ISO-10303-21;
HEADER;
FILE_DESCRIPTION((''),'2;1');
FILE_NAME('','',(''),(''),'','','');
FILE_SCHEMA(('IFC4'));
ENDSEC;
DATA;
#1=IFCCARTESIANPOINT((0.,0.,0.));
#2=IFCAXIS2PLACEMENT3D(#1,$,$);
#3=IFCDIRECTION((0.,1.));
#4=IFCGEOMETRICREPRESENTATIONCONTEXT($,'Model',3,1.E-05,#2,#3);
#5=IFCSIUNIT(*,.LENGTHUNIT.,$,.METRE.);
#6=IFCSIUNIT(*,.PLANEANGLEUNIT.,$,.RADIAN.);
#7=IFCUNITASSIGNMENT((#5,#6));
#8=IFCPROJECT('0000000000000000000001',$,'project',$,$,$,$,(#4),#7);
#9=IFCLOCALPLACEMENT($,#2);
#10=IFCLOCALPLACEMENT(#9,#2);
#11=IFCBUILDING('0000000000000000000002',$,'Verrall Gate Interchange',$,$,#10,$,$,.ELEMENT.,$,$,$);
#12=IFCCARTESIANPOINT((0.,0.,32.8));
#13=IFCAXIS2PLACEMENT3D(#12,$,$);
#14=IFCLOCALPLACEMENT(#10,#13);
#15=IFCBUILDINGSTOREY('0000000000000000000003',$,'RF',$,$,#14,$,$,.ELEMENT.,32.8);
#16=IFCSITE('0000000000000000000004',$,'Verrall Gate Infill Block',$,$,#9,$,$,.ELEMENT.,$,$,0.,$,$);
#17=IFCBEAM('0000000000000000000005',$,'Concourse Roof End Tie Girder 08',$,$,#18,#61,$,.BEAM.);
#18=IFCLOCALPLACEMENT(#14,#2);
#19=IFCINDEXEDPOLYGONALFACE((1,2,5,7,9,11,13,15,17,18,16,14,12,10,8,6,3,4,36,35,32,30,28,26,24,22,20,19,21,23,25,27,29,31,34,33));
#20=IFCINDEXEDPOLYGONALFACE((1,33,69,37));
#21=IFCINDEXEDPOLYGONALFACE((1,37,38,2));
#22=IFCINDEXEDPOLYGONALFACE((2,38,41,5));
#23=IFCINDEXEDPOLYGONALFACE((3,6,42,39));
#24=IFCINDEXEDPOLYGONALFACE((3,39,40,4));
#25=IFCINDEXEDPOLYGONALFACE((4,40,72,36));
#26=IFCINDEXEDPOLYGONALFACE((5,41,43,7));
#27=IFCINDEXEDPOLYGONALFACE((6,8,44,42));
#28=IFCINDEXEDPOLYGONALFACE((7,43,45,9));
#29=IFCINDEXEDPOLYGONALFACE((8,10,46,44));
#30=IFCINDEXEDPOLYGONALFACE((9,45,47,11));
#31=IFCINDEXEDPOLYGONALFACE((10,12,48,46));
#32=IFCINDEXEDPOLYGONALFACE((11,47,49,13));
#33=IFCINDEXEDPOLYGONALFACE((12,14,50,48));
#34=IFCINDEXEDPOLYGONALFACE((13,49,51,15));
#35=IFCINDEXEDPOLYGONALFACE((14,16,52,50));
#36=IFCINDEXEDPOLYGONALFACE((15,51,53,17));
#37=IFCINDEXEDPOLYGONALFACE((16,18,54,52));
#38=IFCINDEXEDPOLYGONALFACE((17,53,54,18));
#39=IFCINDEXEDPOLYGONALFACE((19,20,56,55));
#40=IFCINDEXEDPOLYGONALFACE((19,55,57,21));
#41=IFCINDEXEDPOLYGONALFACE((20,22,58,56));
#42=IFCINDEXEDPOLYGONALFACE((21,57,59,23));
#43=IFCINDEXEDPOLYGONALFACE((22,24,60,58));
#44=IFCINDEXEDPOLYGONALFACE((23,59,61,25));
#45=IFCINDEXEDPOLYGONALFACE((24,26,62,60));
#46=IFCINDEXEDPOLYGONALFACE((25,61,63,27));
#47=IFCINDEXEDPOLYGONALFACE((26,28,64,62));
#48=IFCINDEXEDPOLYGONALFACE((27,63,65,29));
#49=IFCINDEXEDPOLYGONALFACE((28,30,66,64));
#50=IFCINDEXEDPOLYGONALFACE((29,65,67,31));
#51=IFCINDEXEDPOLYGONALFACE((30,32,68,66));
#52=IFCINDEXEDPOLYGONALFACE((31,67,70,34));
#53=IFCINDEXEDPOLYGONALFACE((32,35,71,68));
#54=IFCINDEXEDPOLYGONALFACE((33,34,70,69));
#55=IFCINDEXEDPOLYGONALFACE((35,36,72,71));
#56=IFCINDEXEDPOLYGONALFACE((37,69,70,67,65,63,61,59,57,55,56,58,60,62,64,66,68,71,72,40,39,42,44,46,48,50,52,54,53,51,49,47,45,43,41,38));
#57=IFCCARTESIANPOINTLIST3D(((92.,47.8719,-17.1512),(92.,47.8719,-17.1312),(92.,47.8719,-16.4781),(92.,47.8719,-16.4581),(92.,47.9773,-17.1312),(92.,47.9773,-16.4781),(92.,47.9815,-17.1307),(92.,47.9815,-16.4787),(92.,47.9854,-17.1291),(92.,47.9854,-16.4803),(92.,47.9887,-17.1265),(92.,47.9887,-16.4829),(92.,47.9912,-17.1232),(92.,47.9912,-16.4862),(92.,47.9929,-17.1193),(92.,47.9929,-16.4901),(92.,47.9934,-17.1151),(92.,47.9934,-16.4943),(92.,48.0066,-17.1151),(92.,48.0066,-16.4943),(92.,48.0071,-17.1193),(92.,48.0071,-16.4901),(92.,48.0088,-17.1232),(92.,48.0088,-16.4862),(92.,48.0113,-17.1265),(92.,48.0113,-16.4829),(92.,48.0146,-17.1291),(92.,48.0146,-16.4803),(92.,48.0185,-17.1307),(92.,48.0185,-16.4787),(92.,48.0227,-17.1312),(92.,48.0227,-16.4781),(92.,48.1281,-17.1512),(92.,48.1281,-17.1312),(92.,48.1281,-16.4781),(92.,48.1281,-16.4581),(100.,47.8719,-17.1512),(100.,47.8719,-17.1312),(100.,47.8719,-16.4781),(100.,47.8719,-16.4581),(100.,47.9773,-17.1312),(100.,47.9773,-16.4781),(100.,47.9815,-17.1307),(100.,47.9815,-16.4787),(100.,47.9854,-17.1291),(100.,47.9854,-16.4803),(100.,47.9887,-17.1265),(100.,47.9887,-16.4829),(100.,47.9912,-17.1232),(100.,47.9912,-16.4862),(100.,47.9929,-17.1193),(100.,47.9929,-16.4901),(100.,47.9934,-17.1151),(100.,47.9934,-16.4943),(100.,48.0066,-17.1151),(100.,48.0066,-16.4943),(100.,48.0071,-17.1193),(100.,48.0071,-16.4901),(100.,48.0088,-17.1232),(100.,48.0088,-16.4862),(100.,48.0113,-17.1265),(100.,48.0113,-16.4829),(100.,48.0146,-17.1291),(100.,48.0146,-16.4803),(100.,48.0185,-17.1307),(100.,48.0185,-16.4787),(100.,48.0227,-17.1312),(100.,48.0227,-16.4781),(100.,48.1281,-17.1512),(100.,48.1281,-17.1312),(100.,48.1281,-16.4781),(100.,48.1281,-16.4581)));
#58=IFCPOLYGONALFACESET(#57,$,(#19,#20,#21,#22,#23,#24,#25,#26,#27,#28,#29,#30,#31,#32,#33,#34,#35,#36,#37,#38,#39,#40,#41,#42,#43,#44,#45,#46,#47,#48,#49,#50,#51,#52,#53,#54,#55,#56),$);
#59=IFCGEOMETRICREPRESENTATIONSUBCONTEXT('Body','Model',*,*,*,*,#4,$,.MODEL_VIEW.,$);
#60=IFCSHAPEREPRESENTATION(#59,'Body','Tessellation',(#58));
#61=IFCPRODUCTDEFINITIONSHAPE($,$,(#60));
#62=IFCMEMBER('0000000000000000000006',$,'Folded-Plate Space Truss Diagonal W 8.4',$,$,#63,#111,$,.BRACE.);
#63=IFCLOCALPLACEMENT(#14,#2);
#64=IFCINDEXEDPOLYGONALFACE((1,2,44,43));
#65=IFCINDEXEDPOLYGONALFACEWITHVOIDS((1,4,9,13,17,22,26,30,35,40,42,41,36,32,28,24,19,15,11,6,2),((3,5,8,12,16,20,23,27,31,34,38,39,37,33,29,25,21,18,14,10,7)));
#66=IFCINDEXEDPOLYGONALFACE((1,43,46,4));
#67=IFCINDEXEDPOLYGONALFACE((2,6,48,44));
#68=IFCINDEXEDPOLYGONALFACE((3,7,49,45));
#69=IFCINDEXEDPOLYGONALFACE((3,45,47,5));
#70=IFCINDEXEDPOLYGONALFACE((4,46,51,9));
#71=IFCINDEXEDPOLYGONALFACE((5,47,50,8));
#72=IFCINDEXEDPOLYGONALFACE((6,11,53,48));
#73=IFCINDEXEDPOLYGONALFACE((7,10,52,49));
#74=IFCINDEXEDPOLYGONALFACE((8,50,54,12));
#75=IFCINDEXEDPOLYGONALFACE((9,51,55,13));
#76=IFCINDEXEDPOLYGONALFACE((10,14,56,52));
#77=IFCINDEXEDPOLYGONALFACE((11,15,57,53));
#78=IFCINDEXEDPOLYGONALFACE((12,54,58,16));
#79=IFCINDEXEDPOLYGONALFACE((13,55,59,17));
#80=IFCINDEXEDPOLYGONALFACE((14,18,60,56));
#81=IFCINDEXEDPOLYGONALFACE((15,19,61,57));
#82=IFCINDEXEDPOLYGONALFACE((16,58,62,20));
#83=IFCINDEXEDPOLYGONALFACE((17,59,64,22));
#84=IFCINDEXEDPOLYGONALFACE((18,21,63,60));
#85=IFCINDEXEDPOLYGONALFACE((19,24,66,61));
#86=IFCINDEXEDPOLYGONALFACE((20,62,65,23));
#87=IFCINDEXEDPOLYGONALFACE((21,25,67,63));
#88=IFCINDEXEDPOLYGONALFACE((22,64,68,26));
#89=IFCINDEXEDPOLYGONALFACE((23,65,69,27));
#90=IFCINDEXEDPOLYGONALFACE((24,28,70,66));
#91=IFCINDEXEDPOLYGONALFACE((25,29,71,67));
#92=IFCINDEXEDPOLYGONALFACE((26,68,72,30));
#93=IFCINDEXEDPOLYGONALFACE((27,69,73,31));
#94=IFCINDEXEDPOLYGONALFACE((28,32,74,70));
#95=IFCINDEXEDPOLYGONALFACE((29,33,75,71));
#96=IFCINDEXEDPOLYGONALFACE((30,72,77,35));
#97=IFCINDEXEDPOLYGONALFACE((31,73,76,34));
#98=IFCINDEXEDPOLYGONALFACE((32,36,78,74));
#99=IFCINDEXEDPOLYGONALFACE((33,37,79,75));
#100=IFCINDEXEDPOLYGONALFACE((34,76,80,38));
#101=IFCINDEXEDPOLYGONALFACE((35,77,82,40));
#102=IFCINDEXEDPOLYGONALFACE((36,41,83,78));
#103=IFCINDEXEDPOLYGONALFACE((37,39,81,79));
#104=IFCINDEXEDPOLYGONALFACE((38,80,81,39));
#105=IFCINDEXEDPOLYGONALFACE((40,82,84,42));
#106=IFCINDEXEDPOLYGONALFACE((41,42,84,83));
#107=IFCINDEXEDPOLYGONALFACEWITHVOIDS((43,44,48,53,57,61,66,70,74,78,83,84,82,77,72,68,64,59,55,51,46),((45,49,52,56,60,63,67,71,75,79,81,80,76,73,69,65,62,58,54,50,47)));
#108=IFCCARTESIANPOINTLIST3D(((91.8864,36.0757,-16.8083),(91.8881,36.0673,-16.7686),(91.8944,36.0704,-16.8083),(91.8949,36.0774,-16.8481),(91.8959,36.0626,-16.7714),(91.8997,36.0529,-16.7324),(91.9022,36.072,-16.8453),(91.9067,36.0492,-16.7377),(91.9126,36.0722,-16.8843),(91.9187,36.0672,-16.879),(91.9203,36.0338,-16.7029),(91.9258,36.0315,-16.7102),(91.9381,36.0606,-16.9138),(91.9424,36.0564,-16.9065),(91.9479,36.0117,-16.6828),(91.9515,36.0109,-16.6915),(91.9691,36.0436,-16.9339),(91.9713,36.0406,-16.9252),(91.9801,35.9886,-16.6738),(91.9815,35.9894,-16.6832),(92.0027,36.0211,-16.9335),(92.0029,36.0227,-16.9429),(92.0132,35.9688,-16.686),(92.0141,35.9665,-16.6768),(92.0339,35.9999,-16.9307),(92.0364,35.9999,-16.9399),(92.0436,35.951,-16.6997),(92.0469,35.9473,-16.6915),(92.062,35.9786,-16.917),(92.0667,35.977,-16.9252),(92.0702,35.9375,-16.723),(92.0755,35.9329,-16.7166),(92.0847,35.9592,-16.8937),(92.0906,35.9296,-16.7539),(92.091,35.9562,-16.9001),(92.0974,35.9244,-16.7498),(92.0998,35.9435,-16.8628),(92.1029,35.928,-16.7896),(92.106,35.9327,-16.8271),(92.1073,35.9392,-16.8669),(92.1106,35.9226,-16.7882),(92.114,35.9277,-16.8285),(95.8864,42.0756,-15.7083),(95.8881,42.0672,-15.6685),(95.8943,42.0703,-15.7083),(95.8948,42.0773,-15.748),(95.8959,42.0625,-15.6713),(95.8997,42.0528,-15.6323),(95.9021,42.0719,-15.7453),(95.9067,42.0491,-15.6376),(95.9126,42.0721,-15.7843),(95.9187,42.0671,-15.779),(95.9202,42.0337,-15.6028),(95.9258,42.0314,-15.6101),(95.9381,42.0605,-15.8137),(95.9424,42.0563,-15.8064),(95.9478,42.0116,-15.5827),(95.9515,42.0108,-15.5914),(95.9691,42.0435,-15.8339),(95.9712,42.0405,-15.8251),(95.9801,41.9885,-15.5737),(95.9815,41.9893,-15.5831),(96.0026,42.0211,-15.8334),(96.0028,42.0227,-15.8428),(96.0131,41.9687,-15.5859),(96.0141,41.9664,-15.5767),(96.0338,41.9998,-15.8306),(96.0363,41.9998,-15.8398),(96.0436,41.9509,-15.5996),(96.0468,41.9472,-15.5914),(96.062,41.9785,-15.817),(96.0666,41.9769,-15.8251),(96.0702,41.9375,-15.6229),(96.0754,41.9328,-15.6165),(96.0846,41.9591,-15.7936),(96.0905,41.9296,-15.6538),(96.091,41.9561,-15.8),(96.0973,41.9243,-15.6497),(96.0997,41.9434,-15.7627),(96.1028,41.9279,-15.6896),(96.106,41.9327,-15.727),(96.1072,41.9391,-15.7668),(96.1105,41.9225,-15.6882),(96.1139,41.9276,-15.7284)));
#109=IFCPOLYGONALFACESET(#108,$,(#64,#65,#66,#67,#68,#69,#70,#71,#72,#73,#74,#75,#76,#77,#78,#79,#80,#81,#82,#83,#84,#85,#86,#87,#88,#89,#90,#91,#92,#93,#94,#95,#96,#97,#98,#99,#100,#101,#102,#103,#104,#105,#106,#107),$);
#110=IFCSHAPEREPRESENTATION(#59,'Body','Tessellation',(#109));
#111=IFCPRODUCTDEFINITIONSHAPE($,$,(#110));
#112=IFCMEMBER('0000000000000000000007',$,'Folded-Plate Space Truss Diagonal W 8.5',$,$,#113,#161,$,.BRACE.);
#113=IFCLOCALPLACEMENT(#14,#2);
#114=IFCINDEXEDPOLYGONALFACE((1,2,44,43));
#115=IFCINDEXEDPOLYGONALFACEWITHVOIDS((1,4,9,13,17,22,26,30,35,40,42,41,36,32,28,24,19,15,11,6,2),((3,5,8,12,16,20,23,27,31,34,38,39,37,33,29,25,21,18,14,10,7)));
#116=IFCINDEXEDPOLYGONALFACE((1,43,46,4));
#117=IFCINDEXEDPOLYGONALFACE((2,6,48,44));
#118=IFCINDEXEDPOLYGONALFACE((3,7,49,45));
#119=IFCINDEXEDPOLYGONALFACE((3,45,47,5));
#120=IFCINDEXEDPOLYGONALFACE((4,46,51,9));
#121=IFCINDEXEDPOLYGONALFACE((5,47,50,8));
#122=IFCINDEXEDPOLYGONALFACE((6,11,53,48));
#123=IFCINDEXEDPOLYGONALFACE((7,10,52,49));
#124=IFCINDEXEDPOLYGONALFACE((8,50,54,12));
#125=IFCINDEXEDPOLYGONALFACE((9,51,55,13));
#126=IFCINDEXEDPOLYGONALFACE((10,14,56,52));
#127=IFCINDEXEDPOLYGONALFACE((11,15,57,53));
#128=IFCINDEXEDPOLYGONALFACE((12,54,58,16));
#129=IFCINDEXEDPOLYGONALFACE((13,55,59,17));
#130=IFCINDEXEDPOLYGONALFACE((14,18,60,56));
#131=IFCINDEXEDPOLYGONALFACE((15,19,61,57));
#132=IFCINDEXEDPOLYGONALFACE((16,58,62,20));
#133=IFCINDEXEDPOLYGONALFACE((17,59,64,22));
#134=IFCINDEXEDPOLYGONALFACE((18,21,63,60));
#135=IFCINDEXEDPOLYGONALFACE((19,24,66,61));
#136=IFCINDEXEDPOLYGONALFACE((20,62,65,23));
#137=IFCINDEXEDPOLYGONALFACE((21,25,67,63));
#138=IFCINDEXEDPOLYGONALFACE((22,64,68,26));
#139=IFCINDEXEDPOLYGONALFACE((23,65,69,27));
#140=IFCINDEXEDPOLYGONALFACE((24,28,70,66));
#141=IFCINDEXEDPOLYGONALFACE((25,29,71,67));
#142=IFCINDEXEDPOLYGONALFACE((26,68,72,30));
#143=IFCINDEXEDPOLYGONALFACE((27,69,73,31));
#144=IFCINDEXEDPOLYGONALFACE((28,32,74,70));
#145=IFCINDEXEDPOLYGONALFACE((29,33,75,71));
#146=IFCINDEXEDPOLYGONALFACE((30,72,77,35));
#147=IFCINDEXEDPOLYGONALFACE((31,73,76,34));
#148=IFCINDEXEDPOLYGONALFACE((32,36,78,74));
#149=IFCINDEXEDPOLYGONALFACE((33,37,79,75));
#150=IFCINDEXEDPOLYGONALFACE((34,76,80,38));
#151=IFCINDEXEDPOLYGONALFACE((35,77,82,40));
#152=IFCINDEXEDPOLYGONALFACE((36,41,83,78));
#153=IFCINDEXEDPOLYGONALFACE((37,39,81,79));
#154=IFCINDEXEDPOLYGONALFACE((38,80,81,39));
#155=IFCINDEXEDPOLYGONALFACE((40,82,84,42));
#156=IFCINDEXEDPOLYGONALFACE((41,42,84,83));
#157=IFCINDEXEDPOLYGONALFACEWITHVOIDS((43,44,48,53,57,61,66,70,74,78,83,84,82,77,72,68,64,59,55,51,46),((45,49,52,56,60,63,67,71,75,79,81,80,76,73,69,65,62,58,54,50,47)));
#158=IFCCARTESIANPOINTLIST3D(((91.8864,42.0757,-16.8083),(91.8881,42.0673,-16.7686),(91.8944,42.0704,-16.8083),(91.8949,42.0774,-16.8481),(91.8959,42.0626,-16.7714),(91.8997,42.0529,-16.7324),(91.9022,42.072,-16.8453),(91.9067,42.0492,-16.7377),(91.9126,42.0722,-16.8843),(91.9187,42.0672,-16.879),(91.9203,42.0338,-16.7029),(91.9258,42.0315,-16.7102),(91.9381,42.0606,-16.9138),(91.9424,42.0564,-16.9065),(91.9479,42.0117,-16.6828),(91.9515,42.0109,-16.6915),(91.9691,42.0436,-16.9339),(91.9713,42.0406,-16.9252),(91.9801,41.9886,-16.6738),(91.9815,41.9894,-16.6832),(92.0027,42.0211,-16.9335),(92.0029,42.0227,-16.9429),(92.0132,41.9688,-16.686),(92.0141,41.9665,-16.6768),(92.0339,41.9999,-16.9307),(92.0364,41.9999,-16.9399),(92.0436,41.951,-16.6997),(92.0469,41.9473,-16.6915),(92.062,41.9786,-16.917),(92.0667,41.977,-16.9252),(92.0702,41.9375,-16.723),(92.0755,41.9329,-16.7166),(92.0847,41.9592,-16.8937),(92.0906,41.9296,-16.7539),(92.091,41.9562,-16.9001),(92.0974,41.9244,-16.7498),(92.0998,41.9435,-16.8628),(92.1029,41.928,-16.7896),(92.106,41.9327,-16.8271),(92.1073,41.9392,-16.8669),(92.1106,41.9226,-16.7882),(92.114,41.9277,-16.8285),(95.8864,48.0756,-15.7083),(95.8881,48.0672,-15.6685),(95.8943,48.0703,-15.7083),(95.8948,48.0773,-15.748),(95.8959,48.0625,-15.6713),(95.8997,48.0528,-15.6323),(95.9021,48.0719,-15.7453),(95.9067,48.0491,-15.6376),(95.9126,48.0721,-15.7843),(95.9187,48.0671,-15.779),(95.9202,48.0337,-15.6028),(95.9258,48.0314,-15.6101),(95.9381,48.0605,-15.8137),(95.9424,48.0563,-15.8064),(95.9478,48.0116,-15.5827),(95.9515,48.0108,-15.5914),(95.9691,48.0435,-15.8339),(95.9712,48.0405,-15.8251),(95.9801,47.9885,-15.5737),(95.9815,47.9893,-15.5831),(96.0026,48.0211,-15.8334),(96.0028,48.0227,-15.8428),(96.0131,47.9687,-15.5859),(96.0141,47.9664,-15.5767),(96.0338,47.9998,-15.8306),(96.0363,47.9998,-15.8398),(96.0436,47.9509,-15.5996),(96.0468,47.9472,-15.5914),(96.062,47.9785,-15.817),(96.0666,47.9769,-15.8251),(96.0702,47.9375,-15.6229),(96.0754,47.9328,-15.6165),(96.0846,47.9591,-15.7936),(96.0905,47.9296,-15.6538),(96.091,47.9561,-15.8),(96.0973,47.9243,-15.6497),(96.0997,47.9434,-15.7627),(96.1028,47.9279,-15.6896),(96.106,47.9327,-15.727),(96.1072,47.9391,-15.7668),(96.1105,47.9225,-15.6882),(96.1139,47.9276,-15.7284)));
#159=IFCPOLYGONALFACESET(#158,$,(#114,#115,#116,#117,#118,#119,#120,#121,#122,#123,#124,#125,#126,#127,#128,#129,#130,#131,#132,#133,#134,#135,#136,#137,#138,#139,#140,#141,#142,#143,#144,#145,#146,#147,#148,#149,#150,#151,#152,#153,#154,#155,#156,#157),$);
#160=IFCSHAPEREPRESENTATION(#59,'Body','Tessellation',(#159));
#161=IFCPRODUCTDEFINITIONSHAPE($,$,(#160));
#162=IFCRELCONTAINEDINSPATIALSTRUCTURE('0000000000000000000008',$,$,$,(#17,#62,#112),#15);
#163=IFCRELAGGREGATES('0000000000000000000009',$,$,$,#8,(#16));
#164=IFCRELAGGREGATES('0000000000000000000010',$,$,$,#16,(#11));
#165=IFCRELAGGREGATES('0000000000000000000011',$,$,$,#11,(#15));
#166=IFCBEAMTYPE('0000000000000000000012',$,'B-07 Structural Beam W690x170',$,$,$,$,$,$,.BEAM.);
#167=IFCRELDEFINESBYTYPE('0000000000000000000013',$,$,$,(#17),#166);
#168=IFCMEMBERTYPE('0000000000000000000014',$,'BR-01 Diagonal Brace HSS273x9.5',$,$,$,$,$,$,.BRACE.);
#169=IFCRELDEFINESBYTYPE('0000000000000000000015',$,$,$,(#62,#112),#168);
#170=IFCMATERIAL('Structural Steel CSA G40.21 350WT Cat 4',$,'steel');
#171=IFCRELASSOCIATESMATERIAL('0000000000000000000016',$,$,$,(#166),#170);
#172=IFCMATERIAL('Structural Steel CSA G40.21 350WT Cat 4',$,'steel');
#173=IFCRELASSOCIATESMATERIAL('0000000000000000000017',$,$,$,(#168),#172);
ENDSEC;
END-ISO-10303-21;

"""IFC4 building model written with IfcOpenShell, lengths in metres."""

from ifc_helpers import new_model, si_unit, direction, frame, origin, origin_2d, place, context, subcontext, project, spatial, hollow_circle, i_section, extrude, material, material_profile, profile_set, type_object, element, save


model = new_model("IFC4")

# Units and contexts
model_context = context("Model", 3, precision=1e-05, world=origin(), true_north=direction((0.0, 1.0)))
body_context = subcontext(model_context, "Body", "Model", "MODEL_VIEW")
ifc_project = project(units=[si_unit("LENGTHUNIT", "METRE"), si_unit("PLANEANGLEUNIT", "RADIAN")], contexts=[model_context])

# Site, building, storey
site_placement = place(None, origin())
site = spatial("IfcSite", under=ifc_project, at=site_placement, Name="Verrall Gate Infill Block", CompositionType="ELEMENT", RefElevation=0.0)
building_placement = place(site_placement, origin())
building = spatial("IfcBuilding", under=site, at=building_placement, Name="Verrall Gate Interchange", CompositionType="ELEMENT")
storey_placement = place(building_placement, frame((0.0, 0.0, 32.8)))
storey = spatial("IfcBuildingStorey", under=building, at=storey_placement, Name="RF", CompositionType="ELEMENT", Elevation=32.8)

# Beam
ifc_material_1 = material(Name="Structural Steel CSA G40.21 350WT Cat 4", Category="steel")
ifc_material_profile_1 = material_profile(ifc_material_1, i_section(OverallWidth=0.2561, OverallDepth=0.6931, WebThickness=0.0132, FlangeThickness=0.02, FilletRadius=0.0161, at=origin_2d()), Name="W690x170")
ifc_profile_set_1 = profile_set([ifc_material_profile_1], Name="Structural Steel CSA G40.21 350WT Cat 4")
beam_type = type_object("IfcBeamType", Name="B-07 Structural Beam W690x170", PredefinedType="BEAM", material=ifc_profile_set_1)
beam_placement = place(storey_placement, frame((92.0, 48.0, -16.8047), z_axis=(1.0, 0.0, 0.0), x_axis=(0.0, 1.0, 0.0)))
element("IfcBeam", 1, at=beam_placement, inside=storey, type_object=beam_type, Name="Concourse Roof End Tie Girder 08", PredefinedType="BEAM", context=body_context, shape_type="SweptSolid", body=[
    extrude(i_section(OverallWidth=0.2561, OverallDepth=0.6931, WebThickness=0.0132, FlangeThickness=0.02, FilletRadius=0.0161, at=origin_2d()), origin(), (0.0, 0.0, 1.0), 8.0),
])

# Members
ifc_material_2 = material(Name="Structural Steel CSA G40.21 350WT Cat 4", Category="steel")
ifc_material_profile_2 = material_profile(ifc_material_2, hollow_circle(Radius=0.1365, WallThickness=0.0095, at=origin_2d()), Name="HSS273x9.5")
ifc_profile_set_2 = profile_set([ifc_material_profile_2], Name="Structural Steel CSA G40.21 350WT Cat 4")
member_type_1 = type_object("IfcMemberType", Name="BR-01 Diagonal Brace HSS273x9.5", PredefinedType="BRACE", material=ifc_profile_set_2)
for number, where, z_axis, x_axis, name in (
    (2, (92.0, 36.0, -16.8083), (0.548356, 0.822534, 0.150811), (-0.83205, 0.5547, 0.0), "Folded-Plate Space Truss Diagonal W 8.4"),
    (3, (92.0, 42.0, -16.8083), (0.548356, 0.822534, 0.150811), (-0.83205, 0.5547, 0.0), "Folded-Plate Space Truss Diagonal W 8.5"),
):
    element("IfcMember", number, at=place(storey_placement, frame(where, z_axis=z_axis, x_axis=x_axis)), inside=storey, type_object=member_type_1, Name=name, PredefinedType="BRACE", context=body_context, shape_type="SweptSolid", body=[
        extrude(hollow_circle(Radius=0.1365, WallThickness=0.0095, at=origin_2d()), origin(), (0.0, 0.0, 1.0), 7.2944),
    ])

save(model, "model.ifc")
